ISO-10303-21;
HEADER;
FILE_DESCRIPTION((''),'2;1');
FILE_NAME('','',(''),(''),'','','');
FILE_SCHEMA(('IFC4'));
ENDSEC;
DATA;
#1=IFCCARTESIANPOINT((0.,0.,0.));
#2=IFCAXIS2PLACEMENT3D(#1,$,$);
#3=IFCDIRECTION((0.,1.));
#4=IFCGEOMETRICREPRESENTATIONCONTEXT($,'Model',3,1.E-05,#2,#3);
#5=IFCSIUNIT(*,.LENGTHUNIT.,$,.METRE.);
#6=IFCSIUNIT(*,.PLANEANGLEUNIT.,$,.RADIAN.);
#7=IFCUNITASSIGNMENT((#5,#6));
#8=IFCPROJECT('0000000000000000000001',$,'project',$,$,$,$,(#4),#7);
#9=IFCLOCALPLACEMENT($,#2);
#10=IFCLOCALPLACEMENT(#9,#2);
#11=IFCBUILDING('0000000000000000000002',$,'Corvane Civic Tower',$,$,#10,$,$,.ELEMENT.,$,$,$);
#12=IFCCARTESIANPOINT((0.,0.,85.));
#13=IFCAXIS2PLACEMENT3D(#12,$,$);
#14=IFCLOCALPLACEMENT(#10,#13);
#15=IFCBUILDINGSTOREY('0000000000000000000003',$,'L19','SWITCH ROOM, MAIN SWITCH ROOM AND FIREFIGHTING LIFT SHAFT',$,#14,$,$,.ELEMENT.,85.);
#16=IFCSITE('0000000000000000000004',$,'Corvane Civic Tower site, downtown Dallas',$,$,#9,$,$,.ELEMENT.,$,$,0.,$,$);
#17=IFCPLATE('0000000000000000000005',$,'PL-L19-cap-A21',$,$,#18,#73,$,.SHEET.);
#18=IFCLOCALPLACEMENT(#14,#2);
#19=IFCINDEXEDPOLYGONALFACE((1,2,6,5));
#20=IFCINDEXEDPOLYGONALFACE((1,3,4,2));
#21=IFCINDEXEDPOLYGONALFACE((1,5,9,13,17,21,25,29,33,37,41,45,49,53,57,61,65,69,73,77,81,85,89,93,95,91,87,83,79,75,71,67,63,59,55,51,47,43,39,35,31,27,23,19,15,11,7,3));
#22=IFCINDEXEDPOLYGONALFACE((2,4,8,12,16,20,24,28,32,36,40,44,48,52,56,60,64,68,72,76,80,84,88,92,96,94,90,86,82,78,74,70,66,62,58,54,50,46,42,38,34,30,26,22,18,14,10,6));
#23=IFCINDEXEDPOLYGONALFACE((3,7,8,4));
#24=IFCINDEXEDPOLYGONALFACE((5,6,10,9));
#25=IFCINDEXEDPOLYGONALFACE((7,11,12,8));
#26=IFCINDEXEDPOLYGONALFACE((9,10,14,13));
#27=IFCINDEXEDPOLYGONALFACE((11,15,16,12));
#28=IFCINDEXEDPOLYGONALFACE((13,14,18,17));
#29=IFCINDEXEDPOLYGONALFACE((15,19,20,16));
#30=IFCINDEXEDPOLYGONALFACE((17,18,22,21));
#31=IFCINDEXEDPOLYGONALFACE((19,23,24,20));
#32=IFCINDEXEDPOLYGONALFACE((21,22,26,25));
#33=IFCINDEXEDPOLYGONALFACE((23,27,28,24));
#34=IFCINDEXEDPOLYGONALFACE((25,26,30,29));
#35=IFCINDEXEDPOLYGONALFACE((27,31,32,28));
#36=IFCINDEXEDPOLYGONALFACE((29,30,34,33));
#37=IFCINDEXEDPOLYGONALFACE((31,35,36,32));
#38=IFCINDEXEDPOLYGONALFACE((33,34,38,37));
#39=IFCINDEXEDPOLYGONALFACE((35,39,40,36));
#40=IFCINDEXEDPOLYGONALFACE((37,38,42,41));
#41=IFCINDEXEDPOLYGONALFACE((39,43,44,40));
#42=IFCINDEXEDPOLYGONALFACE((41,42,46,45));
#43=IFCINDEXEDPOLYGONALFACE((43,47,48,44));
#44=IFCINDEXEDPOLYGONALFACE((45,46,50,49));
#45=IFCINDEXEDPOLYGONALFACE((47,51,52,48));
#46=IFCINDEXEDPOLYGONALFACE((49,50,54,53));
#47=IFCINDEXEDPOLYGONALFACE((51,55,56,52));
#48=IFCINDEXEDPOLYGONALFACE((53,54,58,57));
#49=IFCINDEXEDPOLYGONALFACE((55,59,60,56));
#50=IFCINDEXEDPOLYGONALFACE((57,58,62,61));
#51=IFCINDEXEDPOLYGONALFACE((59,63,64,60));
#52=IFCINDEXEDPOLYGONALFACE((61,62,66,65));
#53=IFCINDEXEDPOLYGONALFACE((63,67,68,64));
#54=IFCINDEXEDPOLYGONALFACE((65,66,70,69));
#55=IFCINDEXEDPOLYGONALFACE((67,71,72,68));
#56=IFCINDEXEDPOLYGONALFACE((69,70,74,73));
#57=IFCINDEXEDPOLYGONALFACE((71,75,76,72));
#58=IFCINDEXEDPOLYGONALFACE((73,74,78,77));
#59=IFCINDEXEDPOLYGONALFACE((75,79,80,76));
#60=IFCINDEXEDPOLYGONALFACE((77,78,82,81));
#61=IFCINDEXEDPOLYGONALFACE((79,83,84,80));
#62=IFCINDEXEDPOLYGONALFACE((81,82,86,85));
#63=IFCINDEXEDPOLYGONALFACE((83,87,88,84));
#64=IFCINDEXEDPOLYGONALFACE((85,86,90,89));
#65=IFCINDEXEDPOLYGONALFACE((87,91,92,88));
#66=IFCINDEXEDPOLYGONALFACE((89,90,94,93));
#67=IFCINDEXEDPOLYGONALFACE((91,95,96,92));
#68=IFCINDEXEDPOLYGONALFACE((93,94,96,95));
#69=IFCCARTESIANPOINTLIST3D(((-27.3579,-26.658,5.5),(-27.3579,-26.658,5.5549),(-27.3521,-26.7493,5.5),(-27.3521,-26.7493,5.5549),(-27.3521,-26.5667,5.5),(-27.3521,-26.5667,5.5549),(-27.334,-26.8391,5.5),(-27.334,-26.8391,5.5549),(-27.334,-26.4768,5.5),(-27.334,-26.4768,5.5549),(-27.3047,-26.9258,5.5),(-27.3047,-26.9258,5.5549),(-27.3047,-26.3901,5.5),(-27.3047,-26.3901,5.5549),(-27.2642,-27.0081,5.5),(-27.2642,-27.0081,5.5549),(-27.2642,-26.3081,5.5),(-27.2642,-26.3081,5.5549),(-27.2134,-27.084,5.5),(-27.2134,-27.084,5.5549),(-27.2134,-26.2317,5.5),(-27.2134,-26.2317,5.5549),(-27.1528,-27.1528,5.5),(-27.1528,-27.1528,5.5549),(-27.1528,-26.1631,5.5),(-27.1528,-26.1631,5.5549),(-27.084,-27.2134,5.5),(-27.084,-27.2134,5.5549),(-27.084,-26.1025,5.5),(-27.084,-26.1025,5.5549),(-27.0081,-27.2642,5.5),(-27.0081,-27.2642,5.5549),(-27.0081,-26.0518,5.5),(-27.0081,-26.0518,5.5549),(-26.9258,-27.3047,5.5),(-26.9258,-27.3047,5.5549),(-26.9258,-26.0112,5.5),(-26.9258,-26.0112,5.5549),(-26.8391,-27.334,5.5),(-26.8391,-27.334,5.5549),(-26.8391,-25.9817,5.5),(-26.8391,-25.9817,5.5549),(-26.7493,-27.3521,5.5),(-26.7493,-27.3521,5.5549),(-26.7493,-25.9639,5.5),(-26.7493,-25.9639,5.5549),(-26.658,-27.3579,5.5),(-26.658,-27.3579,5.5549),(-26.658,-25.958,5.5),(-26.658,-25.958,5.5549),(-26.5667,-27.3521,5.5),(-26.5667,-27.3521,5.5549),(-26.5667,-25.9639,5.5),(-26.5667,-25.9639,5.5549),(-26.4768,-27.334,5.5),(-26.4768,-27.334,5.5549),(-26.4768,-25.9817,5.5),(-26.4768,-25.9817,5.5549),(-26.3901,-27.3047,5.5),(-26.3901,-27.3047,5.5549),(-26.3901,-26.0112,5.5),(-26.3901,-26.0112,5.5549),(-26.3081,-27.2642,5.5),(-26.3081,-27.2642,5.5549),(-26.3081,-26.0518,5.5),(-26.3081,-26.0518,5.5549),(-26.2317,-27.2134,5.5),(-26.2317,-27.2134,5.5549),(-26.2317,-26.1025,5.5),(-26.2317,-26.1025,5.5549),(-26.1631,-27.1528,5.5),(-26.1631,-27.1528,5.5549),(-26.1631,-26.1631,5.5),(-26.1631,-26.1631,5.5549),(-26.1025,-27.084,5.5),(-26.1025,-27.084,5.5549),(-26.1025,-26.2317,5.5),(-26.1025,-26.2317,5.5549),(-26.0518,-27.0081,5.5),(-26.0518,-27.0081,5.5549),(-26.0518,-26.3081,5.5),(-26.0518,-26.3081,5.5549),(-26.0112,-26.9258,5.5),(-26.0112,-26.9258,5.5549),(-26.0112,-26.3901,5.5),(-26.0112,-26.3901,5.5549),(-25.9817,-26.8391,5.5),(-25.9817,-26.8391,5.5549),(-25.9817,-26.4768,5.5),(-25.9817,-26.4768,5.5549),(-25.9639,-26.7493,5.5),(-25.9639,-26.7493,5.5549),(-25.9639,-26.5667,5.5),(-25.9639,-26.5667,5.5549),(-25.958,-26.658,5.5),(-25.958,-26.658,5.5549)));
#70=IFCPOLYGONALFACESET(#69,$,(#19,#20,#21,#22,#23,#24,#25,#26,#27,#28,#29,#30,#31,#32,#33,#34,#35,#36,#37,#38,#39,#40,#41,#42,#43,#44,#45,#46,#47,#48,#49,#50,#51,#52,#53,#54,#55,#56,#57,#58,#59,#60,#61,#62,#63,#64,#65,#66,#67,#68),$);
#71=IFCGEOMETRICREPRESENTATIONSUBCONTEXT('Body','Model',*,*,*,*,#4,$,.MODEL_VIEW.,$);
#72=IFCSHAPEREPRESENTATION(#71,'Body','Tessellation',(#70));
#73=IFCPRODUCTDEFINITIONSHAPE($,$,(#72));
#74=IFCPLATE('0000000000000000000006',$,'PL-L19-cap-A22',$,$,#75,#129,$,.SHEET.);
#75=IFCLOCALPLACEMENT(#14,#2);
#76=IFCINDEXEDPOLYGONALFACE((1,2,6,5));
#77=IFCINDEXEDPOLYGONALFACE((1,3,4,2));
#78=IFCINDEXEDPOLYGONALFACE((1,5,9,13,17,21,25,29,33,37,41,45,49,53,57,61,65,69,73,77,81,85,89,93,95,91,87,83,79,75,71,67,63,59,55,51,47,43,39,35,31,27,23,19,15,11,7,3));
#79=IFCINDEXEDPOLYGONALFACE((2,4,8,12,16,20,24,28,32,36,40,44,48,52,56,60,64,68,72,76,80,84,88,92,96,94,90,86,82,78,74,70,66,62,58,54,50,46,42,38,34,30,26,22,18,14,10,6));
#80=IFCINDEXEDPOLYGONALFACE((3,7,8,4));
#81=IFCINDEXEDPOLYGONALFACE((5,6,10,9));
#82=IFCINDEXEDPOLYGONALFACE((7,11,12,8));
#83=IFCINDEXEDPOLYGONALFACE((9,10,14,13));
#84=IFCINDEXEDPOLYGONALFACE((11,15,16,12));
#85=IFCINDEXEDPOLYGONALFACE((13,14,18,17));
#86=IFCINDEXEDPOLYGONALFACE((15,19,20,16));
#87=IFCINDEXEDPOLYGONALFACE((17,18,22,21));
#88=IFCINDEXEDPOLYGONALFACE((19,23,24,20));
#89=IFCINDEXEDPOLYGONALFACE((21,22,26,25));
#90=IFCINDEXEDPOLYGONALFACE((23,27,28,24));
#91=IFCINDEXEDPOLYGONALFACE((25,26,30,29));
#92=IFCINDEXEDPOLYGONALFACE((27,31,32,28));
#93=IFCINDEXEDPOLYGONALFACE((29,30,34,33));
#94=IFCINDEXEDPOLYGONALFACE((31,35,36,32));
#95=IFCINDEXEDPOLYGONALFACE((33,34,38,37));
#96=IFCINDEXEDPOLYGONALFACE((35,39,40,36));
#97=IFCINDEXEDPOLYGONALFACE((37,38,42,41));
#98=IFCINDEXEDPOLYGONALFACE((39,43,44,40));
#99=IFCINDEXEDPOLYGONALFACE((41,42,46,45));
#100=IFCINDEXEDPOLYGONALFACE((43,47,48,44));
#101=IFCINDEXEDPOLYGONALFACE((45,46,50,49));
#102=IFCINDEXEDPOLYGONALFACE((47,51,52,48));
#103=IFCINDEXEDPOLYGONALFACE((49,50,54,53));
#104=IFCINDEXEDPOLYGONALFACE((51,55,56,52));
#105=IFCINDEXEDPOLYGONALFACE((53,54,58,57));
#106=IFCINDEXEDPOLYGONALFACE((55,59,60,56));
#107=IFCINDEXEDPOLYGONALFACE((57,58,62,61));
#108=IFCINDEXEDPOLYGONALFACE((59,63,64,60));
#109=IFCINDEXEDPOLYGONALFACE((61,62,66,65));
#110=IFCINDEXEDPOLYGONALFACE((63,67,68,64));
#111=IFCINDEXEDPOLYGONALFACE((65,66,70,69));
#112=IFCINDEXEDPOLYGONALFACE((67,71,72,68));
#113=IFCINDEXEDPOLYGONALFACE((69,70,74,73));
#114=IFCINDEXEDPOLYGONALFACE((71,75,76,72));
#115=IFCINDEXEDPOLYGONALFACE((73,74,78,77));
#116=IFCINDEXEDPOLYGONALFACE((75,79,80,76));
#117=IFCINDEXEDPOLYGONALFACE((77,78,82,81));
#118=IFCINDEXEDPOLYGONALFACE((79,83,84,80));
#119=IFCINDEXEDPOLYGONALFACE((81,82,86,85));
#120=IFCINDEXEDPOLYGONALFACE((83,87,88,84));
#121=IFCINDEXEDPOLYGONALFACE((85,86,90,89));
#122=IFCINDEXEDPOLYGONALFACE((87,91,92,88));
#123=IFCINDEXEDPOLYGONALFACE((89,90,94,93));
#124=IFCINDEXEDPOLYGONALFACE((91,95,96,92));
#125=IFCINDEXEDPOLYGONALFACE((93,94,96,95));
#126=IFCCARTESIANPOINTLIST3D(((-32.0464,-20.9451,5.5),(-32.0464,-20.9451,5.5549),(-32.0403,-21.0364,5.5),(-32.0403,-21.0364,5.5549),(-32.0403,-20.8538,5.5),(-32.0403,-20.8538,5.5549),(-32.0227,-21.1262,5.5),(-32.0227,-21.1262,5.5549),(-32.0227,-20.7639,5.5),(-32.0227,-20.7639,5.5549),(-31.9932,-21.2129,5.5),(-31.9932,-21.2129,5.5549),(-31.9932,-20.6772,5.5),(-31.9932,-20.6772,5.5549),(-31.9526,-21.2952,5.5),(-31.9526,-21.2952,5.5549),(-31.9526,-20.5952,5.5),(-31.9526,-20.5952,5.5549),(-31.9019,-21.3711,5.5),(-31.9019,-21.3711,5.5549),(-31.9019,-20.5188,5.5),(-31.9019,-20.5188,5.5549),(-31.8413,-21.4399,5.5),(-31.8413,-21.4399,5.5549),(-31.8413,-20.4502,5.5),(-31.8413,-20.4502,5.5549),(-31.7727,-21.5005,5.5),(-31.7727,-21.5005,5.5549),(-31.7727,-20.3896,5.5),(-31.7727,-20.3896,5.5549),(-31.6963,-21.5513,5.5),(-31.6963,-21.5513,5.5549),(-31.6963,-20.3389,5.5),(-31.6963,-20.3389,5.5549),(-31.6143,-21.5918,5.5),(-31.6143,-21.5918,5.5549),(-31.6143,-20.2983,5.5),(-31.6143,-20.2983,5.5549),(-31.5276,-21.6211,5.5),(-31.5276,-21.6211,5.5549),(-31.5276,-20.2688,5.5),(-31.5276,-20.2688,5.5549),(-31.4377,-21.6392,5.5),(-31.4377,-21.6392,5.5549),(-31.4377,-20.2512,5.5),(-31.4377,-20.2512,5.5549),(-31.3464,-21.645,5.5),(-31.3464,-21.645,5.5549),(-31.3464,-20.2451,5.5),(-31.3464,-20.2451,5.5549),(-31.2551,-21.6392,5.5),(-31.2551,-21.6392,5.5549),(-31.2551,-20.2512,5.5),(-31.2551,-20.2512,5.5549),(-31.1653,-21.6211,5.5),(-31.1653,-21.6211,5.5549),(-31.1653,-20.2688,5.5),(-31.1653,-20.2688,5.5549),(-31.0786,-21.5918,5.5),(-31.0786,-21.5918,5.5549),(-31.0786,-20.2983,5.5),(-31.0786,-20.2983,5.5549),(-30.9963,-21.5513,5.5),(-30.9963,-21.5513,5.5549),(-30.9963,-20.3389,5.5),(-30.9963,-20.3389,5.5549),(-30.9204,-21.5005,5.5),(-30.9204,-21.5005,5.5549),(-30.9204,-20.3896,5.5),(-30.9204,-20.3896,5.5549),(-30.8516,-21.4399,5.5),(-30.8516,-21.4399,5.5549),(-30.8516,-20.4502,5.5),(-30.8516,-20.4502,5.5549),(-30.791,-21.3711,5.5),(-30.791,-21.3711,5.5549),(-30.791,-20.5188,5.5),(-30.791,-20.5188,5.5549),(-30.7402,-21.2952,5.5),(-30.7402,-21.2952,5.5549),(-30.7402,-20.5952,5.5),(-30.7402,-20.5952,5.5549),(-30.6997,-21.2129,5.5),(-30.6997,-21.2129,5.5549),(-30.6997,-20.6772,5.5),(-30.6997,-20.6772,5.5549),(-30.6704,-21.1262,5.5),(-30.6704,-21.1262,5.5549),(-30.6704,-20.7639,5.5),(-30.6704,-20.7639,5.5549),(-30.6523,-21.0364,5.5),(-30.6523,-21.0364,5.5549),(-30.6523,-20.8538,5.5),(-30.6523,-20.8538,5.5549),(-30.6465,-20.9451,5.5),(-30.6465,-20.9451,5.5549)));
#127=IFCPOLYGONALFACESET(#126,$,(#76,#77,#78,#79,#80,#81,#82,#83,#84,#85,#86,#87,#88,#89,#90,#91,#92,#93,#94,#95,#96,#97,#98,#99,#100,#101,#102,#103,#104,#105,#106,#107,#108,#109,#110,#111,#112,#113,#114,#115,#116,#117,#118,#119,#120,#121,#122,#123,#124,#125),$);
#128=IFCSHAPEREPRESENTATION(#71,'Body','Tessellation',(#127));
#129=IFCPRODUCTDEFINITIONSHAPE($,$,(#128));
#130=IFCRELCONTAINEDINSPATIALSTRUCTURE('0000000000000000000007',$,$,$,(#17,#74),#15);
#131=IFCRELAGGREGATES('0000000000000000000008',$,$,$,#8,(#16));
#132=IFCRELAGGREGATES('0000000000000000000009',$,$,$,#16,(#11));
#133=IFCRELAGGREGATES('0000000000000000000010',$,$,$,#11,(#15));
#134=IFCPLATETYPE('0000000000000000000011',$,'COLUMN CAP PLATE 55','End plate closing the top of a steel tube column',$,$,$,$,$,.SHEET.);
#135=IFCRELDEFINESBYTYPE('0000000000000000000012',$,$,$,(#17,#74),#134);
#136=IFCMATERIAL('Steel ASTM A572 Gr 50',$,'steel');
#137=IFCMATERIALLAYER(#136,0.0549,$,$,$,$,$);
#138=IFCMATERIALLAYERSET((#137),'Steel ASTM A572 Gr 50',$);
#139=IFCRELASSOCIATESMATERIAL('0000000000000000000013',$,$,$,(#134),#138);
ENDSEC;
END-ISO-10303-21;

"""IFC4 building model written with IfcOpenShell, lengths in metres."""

from ifc_helpers import new_model, si_unit, direction, frame, origin, place, context, subcontext, project, spatial, polyline, outline, extrude, material, layer, layer_set, type_object, element, save


model = new_model("IFC4")

# Units and contexts
model_context = context("Model", 3, precision=1e-05, world=origin(), true_north=direction((0.0, 1.0)))
body_context = subcontext(model_context, "Body", "Model", "MODEL_VIEW")
ifc_project = project(units=[si_unit("LENGTHUNIT", "METRE"), si_unit("PLANEANGLEUNIT", "RADIAN")], contexts=[model_context])

# Site, building, storey
site_placement = place(None, origin())
site = spatial("IfcSite", under=ifc_project, at=site_placement, Name="Corvane Civic Tower site, downtown Dallas", CompositionType="ELEMENT", RefElevation=0.0)
building_placement = place(site_placement, origin())
building = spatial("IfcBuilding", under=site, at=building_placement, Name="Corvane Civic Tower", CompositionType="ELEMENT")
storey_placement = place(building_placement, frame((0.0, 0.0, 85.0)))
storey = spatial("IfcBuildingStorey", under=building, at=storey_placement, Name="L19", Description="SWITCH ROOM, MAIN SWITCH ROOM AND FIREFIGHTING LIFT SHAFT", CompositionType="ELEMENT", Elevation=85.0)

# Plates
ifc_material_1 = material(Name="Steel ASTM A572 Gr 50", Category="steel")
ifc_layer_1 = layer(ifc_material_1, 0.0549)
ifc_layer_set_1 = layer_set([ifc_layer_1], Name="Steel ASTM A572 Gr 50")
plate_type = type_object("IfcPlateType", Name="COLUMN CAP PLATE 55", Description="End plate closing the top of a steel tube column", PredefinedType="SHEET", material=ifc_layer_set_1)
plate_1_placement = place(storey_placement, frame((0.0, 0.0, 5.5)))
element("IfcPlate", 1, at=plate_1_placement, inside=storey, type_object=plate_type, Name="PL-L19-cap-A21", PredefinedType="SHEET", context=body_context, shape_type="SweptSolid", body=[
    extrude(outline(polyline([(-25.958, -26.658), (-25.9639, -26.5667), (-25.9817, -26.4768), (-26.0112, -26.3901), (-26.0518, -26.3081), (-26.1025, -26.2317), (-26.1631, -26.1631), (-26.2317, -26.1025), (-26.3081, -26.0518), (-26.3901, -26.0112), (-26.4768, -25.9817), (-26.5667, -25.9639), (-26.658, -25.958), (-26.7493, -25.9639), (-26.8391, -25.9817), (-26.9258, -26.0112), (-27.0081, -26.0518), (-27.084, -26.1025), (-27.1528, -26.1631), (-27.2134, -26.2317), (-27.2642, -26.3081), (-27.3047, -26.3901), (-27.334, -26.4768), (-27.3521, -26.5667), (-27.3579, -26.658), (-27.3521, -26.7493), (-27.334, -26.8391), (-27.3047, -26.9258), (-27.2642, -27.0081), (-27.2134, -27.084), (-27.1528, -27.1528), (-27.084, -27.2134), (-27.0081, -27.2642), (-26.9258, -27.3047), (-26.8391, -27.334), (-26.7493, -27.3521), (-26.658, -27.3579), (-26.5667, -27.3521), (-26.4768, -27.334), (-26.3901, -27.3047), (-26.3081, -27.2642), (-26.2317, -27.2134), (-26.1631, -27.1528), (-26.1025, -27.084), (-26.0518, -27.0081), (-26.0112, -26.9258), (-25.9817, -26.8391), (-25.9639, -26.7493), (-25.958, -26.658)])), origin(), (0.0, 0.0, 1.0), 0.0549),
])
plate_2_placement = place(storey_placement, frame((0.0, 0.0, 5.5)))
element("IfcPlate", 2, at=plate_2_placement, inside=storey, type_object=plate_type, Name="PL-L19-cap-A22", PredefinedType="SHEET", context=body_context, shape_type="SweptSolid", body=[
    extrude(outline(polyline([(-30.6465, -20.9451), (-30.6523, -20.8538), (-30.6704, -20.7639), (-30.6997, -20.6772), (-30.7402, -20.5952), (-30.791, -20.5188), (-30.8516, -20.4502), (-30.9204, -20.3896), (-30.9963, -20.3389), (-31.0786, -20.2983), (-31.1653, -20.2688), (-31.2551, -20.2512), (-31.3464, -20.2451), (-31.4377, -20.2512), (-31.5276, -20.2688), (-31.6143, -20.2983), (-31.6963, -20.3389), (-31.7727, -20.3896), (-31.8413, -20.4502), (-31.9019, -20.5188), (-31.9526, -20.5952), (-31.9932, -20.6772), (-32.0227, -20.7639), (-32.0403, -20.8538), (-32.0464, -20.9451), (-32.0403, -21.0364), (-32.0227, -21.1262), (-31.9932, -21.2129), (-31.9526, -21.2952), (-31.9019, -21.3711), (-31.8413, -21.4399), (-31.7727, -21.5005), (-31.6963, -21.5513), (-31.6143, -21.5918), (-31.5276, -21.6211), (-31.4377, -21.6392), (-31.3464, -21.645), (-31.2551, -21.6392), (-31.1653, -21.6211), (-31.0786, -21.5918), (-30.9963, -21.5513), (-30.9204, -21.5005), (-30.8516, -21.4399), (-30.791, -21.3711), (-30.7402, -21.2952), (-30.6997, -21.2129), (-30.6704, -21.1262), (-30.6523, -21.0364), (-30.6465, -20.9451)])), origin(), (0.0, 0.0, 1.0), 0.0549),
])

save(model, "model.ifc")
